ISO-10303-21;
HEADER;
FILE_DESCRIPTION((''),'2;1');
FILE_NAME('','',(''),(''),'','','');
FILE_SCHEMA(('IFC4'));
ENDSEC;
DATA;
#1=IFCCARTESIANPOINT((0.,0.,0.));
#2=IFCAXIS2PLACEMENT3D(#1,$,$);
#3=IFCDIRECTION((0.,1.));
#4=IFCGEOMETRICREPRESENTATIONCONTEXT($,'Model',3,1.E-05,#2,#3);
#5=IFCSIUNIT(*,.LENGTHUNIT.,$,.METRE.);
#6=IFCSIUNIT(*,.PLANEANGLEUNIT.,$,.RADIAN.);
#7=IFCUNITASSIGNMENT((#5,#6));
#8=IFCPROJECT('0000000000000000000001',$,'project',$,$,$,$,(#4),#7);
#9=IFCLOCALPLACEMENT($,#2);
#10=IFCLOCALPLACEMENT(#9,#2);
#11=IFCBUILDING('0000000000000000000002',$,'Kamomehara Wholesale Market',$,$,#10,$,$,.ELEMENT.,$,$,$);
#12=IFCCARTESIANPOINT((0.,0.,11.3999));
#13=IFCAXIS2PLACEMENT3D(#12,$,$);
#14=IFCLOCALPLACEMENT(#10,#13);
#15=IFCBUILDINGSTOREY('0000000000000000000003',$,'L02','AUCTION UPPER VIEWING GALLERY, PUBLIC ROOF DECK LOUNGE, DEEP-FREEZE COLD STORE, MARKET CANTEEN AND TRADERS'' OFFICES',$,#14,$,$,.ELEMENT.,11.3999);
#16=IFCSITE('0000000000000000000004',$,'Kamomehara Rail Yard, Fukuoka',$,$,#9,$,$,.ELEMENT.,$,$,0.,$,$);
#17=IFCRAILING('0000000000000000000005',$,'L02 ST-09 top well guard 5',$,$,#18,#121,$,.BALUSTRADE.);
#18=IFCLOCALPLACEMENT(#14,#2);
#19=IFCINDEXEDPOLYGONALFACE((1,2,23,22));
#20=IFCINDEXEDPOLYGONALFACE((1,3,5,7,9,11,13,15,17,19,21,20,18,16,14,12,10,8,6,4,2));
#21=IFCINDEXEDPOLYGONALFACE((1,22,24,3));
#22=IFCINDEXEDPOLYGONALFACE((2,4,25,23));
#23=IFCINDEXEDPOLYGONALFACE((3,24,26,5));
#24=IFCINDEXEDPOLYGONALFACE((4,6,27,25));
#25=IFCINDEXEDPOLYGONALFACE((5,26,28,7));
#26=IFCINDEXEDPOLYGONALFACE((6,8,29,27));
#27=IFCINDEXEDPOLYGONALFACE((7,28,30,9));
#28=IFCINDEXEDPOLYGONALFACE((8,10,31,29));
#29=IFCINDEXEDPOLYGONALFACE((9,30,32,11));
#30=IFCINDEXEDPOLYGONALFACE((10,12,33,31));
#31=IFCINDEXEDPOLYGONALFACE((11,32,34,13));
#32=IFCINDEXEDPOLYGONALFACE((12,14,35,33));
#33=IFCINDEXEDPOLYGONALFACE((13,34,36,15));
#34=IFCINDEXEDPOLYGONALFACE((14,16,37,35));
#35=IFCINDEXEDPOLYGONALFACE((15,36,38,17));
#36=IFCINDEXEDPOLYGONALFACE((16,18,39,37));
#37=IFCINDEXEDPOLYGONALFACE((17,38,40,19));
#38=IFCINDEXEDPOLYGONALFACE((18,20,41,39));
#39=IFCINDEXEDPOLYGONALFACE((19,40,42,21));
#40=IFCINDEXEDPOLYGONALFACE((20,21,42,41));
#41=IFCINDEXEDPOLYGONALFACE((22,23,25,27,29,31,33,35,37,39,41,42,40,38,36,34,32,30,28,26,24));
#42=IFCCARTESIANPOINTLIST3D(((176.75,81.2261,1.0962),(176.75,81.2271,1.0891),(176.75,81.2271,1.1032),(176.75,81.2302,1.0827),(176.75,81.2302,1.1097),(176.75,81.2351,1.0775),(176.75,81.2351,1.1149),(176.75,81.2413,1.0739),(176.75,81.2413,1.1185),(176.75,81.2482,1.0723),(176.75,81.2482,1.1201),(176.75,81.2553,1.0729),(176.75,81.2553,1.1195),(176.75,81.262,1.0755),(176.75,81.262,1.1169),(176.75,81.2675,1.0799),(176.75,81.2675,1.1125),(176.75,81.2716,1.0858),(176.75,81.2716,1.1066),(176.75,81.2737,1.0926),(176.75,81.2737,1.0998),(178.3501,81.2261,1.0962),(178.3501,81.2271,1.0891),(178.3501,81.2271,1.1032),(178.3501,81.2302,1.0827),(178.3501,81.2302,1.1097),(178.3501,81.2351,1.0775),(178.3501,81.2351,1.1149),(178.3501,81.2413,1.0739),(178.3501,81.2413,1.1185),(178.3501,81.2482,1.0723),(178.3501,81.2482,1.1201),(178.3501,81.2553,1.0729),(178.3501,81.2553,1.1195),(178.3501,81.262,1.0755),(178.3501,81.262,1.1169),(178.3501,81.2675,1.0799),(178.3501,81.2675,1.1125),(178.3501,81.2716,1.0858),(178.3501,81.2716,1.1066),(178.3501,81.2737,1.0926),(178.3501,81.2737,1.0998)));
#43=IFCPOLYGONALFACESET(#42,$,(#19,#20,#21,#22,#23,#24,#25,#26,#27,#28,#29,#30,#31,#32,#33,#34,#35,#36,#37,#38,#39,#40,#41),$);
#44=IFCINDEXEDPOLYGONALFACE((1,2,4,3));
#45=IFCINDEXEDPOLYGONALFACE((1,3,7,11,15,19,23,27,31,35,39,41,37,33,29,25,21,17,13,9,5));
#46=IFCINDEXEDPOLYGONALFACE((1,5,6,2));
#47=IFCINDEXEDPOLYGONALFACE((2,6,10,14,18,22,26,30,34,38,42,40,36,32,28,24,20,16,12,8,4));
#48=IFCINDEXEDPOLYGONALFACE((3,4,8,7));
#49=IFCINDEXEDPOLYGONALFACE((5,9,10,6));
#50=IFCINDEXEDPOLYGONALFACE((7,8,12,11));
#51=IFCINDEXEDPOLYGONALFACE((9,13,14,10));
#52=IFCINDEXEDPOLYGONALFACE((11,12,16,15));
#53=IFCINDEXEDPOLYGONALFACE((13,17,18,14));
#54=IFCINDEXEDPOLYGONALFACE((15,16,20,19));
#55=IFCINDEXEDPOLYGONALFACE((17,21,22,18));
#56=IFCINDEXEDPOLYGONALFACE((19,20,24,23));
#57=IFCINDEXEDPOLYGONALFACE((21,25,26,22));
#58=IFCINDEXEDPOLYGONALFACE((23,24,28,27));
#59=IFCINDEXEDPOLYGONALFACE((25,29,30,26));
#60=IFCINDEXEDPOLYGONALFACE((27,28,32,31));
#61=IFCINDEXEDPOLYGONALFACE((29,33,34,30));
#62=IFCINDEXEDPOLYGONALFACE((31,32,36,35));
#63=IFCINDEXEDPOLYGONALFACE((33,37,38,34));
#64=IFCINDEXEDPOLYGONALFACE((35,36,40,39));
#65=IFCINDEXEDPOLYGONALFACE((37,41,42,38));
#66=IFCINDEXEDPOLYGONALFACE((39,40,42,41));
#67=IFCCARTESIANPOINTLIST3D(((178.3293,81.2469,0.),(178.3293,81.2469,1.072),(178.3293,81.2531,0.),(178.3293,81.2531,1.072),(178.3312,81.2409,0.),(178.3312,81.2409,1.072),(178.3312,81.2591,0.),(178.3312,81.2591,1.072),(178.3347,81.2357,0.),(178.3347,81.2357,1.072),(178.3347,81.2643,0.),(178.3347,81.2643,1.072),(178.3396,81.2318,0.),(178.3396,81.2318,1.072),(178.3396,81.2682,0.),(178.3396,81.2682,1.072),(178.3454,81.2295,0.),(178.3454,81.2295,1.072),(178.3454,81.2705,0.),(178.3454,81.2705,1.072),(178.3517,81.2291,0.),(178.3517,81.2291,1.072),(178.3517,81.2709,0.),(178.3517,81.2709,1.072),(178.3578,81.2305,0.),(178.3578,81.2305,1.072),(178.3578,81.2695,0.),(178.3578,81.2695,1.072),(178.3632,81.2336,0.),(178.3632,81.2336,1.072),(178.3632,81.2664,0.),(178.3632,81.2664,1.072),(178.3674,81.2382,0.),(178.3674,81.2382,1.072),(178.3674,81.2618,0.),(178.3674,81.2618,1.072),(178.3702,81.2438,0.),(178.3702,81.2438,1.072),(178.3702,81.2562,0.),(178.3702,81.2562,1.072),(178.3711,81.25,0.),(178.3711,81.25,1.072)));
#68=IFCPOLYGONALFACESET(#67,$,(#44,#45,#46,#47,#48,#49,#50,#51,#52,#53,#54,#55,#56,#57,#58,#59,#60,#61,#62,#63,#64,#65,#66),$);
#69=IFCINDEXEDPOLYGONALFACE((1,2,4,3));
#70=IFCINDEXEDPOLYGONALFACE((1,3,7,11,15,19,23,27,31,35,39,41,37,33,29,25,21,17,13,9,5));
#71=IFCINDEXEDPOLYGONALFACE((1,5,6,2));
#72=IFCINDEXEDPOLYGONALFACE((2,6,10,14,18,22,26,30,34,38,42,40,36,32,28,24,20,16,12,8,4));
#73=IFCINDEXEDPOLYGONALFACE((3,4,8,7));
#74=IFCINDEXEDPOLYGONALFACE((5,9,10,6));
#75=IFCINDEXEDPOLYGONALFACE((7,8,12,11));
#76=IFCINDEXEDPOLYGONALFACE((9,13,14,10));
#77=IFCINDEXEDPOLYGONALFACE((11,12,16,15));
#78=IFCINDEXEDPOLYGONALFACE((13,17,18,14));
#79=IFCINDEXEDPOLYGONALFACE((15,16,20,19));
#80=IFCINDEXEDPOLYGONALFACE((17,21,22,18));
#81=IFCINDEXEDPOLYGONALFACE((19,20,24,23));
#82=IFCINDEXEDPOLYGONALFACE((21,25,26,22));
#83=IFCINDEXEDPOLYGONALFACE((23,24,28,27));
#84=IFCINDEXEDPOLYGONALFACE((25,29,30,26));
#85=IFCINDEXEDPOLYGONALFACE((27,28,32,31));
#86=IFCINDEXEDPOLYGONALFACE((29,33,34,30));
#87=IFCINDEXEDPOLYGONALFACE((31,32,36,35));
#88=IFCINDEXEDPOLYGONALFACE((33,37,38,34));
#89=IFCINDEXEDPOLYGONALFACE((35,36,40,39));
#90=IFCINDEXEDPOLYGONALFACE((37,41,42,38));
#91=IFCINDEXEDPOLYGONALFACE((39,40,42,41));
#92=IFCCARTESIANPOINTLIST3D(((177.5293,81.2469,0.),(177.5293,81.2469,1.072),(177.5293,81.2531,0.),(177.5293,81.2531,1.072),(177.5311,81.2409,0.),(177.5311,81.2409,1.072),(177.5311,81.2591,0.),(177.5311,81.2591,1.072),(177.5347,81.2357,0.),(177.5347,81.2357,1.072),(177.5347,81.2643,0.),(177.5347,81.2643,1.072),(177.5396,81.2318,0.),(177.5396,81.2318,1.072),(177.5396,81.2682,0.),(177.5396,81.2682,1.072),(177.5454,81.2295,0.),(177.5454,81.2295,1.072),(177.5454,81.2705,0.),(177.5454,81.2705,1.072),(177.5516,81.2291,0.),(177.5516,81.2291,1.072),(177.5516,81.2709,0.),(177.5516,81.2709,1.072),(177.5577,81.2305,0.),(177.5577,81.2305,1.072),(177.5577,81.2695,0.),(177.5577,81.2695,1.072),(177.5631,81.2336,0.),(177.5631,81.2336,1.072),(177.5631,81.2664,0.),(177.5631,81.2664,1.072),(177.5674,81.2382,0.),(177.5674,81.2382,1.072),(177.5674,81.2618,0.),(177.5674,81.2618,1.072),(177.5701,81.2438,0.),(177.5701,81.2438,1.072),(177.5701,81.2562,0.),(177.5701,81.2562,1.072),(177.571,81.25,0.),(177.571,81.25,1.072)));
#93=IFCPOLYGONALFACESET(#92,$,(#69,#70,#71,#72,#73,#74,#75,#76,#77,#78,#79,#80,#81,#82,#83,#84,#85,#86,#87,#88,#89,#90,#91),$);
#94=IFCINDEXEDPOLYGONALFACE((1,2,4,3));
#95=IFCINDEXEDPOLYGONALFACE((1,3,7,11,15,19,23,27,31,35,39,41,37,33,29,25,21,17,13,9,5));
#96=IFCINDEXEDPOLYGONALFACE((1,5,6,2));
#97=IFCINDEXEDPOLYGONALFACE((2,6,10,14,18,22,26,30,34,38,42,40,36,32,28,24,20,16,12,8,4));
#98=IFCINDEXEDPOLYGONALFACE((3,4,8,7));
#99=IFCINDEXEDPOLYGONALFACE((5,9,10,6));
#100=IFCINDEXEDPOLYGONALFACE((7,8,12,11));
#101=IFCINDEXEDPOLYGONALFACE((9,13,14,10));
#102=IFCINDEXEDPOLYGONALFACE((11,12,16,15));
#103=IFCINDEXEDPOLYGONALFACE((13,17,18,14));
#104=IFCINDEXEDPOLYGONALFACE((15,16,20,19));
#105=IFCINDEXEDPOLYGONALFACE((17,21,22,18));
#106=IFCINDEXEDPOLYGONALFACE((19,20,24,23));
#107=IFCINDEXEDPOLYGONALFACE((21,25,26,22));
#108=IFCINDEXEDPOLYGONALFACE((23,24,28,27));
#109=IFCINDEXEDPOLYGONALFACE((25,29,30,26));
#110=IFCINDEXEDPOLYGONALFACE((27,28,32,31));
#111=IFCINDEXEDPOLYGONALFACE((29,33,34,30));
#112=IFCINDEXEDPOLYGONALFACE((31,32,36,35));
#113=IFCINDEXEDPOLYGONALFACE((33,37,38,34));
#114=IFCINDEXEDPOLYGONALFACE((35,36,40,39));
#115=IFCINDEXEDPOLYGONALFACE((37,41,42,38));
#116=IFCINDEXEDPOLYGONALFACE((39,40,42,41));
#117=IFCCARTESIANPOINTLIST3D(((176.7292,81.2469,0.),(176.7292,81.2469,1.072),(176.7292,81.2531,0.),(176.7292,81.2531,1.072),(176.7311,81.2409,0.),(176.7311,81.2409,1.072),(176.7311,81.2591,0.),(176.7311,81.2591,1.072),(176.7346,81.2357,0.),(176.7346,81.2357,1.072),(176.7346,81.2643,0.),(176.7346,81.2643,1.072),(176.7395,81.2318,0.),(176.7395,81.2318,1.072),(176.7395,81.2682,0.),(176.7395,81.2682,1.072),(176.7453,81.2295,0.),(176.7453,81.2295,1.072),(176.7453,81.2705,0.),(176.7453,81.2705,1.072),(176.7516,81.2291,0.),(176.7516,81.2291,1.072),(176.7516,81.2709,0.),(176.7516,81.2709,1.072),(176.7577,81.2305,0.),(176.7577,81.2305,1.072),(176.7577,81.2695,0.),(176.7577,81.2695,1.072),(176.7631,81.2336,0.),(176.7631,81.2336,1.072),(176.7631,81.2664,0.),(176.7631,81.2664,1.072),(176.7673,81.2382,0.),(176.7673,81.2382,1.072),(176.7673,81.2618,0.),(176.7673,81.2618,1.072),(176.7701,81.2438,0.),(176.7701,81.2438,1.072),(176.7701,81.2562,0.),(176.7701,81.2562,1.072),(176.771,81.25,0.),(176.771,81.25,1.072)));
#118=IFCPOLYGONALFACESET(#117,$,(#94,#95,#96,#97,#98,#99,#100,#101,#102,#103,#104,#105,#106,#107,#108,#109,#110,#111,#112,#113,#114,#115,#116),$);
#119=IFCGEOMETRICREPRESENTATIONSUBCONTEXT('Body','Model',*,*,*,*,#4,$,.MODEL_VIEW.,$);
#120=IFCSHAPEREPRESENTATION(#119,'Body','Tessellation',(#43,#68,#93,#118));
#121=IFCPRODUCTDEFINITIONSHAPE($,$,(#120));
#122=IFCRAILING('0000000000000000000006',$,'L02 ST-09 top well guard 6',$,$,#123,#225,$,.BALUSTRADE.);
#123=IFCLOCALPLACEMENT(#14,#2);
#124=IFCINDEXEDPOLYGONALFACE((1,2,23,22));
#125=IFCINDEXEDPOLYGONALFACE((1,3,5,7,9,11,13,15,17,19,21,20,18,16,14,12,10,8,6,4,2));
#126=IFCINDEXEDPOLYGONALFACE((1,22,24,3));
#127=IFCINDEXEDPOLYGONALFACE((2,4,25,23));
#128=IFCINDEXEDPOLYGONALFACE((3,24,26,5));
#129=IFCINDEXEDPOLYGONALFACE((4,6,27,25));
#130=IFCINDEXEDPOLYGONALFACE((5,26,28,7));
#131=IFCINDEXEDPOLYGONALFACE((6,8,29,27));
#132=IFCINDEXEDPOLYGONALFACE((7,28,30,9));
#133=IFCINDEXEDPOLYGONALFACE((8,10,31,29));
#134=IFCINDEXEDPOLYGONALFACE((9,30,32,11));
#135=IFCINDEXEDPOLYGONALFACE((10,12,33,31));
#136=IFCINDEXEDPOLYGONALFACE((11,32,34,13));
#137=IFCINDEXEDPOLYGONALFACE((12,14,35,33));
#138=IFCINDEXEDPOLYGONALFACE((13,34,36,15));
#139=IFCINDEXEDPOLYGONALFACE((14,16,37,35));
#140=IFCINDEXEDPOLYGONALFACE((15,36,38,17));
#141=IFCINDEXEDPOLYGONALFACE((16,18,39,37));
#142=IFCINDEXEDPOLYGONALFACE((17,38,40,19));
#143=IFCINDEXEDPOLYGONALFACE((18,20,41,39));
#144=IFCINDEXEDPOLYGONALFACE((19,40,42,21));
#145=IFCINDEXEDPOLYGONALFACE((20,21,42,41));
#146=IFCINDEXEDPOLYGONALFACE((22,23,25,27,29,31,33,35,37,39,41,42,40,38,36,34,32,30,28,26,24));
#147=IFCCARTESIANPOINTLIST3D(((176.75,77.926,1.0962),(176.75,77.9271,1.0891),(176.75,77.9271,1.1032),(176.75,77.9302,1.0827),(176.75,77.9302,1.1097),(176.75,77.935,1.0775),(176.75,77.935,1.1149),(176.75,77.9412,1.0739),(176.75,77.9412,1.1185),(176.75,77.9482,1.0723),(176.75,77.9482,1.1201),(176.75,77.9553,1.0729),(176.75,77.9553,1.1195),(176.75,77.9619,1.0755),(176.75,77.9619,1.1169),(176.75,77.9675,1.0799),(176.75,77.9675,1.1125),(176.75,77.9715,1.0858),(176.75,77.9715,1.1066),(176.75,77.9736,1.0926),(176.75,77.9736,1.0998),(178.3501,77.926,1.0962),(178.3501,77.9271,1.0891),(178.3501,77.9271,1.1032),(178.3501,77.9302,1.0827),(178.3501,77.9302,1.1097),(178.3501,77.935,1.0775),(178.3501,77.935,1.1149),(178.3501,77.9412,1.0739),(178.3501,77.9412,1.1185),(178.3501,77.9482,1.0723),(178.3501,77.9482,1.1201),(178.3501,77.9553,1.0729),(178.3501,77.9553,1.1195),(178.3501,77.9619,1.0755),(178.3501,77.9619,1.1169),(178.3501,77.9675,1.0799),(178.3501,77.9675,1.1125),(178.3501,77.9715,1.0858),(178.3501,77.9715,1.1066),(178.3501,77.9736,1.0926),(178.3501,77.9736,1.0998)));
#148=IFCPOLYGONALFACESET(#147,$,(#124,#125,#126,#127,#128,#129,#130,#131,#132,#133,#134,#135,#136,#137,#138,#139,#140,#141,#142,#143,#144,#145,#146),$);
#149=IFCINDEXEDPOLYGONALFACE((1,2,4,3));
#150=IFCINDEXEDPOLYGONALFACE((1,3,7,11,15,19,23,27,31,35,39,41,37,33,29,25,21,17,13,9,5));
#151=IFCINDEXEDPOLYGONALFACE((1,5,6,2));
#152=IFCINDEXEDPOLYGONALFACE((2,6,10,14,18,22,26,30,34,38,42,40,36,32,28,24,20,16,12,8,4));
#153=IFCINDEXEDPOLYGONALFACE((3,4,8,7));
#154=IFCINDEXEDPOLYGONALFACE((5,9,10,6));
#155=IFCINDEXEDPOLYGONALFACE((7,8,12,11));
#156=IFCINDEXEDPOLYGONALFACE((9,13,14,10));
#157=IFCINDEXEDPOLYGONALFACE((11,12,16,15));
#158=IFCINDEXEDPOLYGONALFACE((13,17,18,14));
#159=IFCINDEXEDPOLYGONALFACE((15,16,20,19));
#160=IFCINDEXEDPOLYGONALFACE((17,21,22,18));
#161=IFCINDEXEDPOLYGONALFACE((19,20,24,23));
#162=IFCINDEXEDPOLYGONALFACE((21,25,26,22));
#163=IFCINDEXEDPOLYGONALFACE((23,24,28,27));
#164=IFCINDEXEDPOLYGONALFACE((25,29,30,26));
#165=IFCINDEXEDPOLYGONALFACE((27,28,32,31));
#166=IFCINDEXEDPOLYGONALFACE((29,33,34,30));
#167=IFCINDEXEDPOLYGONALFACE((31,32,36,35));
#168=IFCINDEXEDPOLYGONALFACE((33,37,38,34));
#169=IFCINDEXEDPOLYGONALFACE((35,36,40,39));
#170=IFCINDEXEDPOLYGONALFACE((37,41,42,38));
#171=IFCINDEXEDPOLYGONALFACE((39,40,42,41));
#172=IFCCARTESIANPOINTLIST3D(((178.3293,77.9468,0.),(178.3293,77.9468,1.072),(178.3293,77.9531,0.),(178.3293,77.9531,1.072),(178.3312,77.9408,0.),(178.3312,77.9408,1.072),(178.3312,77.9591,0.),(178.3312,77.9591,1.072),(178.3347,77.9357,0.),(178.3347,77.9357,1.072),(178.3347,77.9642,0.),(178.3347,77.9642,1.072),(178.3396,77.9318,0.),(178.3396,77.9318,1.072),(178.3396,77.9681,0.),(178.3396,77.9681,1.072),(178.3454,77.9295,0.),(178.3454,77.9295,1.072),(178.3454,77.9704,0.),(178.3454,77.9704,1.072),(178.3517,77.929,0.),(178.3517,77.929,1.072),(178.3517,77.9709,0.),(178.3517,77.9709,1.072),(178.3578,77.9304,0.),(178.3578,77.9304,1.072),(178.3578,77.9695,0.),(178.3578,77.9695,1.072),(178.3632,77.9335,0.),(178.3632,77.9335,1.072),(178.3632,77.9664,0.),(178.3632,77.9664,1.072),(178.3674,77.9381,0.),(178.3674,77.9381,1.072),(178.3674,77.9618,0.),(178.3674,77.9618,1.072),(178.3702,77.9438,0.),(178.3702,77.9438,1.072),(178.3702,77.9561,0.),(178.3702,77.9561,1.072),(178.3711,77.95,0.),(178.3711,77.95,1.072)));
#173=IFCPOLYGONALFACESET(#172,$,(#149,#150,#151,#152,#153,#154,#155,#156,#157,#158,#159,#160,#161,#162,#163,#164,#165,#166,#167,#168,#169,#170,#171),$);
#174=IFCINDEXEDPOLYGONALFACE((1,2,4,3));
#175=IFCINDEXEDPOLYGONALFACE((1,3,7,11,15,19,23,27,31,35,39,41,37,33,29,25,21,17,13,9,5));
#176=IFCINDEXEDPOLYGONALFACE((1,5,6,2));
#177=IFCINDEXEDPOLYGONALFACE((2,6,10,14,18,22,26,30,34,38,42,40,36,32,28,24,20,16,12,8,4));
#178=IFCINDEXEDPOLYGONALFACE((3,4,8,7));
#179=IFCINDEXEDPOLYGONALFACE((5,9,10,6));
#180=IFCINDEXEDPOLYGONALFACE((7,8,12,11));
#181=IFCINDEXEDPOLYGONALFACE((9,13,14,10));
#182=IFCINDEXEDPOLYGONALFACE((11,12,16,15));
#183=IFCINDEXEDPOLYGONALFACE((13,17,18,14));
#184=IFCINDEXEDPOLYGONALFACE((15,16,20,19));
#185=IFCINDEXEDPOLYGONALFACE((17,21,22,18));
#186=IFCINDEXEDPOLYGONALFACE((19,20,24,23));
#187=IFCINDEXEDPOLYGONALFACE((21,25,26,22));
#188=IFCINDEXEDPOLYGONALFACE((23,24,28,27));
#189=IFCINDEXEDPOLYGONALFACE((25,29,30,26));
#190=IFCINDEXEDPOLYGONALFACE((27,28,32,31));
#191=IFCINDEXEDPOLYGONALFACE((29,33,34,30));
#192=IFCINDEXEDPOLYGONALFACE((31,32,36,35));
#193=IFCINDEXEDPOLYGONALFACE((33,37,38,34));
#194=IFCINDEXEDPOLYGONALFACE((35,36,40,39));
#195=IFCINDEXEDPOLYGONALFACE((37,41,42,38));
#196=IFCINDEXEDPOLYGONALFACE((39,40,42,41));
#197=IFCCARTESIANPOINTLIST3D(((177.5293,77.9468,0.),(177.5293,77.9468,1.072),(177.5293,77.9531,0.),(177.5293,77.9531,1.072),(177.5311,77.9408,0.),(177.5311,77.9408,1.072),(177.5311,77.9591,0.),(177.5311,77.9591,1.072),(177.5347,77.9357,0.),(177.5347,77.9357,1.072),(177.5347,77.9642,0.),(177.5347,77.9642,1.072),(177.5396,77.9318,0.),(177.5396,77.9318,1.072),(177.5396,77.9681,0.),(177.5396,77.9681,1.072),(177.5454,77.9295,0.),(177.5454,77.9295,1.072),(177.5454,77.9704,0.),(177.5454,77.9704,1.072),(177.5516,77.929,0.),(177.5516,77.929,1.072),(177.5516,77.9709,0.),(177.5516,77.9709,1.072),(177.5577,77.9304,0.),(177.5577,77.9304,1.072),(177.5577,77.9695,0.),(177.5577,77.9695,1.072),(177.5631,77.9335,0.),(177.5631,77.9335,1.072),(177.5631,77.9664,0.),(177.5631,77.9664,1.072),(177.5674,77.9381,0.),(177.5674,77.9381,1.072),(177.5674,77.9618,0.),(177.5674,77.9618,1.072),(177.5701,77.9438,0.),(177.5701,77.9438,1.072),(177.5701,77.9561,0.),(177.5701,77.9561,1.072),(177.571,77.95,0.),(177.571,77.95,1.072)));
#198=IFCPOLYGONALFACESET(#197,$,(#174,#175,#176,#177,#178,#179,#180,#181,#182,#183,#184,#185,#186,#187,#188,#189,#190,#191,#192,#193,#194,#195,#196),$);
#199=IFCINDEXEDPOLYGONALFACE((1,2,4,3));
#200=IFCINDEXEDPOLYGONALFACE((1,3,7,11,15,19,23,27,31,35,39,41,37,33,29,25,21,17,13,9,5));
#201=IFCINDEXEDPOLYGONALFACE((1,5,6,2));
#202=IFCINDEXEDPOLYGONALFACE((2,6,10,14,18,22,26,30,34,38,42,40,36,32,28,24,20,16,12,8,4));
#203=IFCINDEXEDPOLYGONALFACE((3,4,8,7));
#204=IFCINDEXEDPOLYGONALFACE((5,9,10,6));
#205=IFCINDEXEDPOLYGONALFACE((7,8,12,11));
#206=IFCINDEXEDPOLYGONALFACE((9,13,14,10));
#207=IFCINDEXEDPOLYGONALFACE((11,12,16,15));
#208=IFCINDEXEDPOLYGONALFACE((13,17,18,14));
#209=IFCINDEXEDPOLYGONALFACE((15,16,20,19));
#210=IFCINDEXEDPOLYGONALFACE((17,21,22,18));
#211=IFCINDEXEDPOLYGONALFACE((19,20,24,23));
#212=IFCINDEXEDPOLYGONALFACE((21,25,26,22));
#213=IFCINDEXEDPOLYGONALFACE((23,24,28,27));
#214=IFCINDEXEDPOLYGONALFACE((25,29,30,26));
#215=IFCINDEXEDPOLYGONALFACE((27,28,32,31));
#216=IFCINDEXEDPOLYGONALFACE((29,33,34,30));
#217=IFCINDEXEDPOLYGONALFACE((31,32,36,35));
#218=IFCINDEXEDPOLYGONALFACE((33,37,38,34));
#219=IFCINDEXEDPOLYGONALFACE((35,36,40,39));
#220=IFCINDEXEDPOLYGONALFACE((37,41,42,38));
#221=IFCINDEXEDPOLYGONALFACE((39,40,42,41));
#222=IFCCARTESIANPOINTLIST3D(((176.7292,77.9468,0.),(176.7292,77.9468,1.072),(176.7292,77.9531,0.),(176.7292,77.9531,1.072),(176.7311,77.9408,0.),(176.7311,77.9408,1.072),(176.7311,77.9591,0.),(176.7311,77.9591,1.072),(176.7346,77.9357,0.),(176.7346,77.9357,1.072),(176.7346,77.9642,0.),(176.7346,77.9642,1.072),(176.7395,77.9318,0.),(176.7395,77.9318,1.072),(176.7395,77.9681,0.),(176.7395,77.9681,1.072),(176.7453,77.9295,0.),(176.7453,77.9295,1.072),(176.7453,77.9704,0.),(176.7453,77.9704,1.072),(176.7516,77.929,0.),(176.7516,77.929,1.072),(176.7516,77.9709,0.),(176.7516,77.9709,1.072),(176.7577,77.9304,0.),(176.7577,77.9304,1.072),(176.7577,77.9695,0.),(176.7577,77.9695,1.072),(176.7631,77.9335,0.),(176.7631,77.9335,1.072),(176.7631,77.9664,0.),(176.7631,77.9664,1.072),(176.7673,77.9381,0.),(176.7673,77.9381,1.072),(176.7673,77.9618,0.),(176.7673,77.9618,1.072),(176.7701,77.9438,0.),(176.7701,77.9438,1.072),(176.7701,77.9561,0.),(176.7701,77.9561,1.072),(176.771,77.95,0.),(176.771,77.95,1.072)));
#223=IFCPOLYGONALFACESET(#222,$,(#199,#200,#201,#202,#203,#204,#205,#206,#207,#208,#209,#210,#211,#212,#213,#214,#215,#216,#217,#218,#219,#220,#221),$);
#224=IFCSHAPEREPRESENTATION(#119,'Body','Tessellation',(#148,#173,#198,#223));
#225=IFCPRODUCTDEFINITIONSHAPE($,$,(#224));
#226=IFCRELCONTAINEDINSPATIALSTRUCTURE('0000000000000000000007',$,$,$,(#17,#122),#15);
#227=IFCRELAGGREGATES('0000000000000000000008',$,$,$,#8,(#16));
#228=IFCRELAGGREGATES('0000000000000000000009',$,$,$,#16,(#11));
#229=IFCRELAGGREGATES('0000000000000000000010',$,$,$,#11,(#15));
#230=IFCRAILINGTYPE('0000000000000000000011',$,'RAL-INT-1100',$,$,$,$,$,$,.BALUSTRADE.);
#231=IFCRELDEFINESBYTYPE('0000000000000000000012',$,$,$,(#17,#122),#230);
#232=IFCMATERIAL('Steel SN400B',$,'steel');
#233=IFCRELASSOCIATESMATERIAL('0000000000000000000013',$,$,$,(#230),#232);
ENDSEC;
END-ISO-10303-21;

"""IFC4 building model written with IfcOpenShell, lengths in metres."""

from ifc_helpers import new_model, si_unit, direction, frame, origin, origin_2d, place, context, subcontext, project, spatial, circle, extrude, material, type_object, element, save


model = new_model("IFC4")

# Units and contexts
model_context = context("Model", 3, precision=1e-05, world=origin(), true_north=direction((0.0, 1.0)))
body_context = subcontext(model_context, "Body", "Model", "MODEL_VIEW")
ifc_project = project(units=[si_unit("LENGTHUNIT", "METRE"), si_unit("PLANEANGLEUNIT", "RADIAN")], contexts=[model_context])

# Site, building, storey
site_placement = place(None, origin())
site = spatial("IfcSite", under=ifc_project, at=site_placement, Name="Kamomehara Rail Yard, Fukuoka", CompositionType="ELEMENT", RefElevation=0.0)
building_placement = place(site_placement, origin())
building = spatial("IfcBuilding", under=site, at=building_placement, Name="Kamomehara Wholesale Market", CompositionType="ELEMENT")
storey_placement = place(building_placement, frame((0.0, 0.0, 11.3999)))
storey = spatial("IfcBuildingStorey", under=building, at=storey_placement, Name="L02", Description="AUCTION UPPER VIEWING GALLERY, PUBLIC ROOF DECK LOUNGE, DEEP-FREEZE COLD STORE, MARKET CANTEEN AND TRADERS' OFFICES", CompositionType="ELEMENT", Elevation=11.3999)

# Railings
ifc_material_1 = material(Name="Steel SN400B", Category="steel")
railing_type = type_object("IfcRailingType", Name="RAL-INT-1100", PredefinedType="BALUSTRADE", material=ifc_material_1)
for number, where, name in (
    (1, (178.3501, 81.25, 0.0), "L02 ST-09 top well guard 5"),
    (2, (178.3501, 77.95, 0.0), "L02 ST-09 top well guard 6"),
):
    element("IfcRailing", number, at=place(storey_placement, frame(where)), inside=storey, type_object=railing_type, Name=name, PredefinedType="BALUSTRADE", context=body_context, shape_type="SweptSolid", body=[
        extrude(circle(Radius=0.0239, at=origin_2d()), frame((0.0, 0.0, 1.0962), z_axis=(-1.0, 0.0, 0.0), x_axis=(0.0, -1.0, 0.0)), (0.0, 0.0, 1.0), 1.6001),
        extrude(circle(Radius=0.021, at=origin_2d()), origin(), (0.0, 0.0, 1.0), 1.072),
        extrude(circle(Radius=0.021, at=origin_2d()), frame((-0.8, 0.0, 0.0)), (0.0, 0.0, 1.0), 1.072),
        extrude(circle(Radius=0.021, at=origin_2d()), frame((-1.6001, 0.0, 0.0)), (0.0, 0.0, 1.0), 1.072),
    ])

save(model, "model.ifc")
